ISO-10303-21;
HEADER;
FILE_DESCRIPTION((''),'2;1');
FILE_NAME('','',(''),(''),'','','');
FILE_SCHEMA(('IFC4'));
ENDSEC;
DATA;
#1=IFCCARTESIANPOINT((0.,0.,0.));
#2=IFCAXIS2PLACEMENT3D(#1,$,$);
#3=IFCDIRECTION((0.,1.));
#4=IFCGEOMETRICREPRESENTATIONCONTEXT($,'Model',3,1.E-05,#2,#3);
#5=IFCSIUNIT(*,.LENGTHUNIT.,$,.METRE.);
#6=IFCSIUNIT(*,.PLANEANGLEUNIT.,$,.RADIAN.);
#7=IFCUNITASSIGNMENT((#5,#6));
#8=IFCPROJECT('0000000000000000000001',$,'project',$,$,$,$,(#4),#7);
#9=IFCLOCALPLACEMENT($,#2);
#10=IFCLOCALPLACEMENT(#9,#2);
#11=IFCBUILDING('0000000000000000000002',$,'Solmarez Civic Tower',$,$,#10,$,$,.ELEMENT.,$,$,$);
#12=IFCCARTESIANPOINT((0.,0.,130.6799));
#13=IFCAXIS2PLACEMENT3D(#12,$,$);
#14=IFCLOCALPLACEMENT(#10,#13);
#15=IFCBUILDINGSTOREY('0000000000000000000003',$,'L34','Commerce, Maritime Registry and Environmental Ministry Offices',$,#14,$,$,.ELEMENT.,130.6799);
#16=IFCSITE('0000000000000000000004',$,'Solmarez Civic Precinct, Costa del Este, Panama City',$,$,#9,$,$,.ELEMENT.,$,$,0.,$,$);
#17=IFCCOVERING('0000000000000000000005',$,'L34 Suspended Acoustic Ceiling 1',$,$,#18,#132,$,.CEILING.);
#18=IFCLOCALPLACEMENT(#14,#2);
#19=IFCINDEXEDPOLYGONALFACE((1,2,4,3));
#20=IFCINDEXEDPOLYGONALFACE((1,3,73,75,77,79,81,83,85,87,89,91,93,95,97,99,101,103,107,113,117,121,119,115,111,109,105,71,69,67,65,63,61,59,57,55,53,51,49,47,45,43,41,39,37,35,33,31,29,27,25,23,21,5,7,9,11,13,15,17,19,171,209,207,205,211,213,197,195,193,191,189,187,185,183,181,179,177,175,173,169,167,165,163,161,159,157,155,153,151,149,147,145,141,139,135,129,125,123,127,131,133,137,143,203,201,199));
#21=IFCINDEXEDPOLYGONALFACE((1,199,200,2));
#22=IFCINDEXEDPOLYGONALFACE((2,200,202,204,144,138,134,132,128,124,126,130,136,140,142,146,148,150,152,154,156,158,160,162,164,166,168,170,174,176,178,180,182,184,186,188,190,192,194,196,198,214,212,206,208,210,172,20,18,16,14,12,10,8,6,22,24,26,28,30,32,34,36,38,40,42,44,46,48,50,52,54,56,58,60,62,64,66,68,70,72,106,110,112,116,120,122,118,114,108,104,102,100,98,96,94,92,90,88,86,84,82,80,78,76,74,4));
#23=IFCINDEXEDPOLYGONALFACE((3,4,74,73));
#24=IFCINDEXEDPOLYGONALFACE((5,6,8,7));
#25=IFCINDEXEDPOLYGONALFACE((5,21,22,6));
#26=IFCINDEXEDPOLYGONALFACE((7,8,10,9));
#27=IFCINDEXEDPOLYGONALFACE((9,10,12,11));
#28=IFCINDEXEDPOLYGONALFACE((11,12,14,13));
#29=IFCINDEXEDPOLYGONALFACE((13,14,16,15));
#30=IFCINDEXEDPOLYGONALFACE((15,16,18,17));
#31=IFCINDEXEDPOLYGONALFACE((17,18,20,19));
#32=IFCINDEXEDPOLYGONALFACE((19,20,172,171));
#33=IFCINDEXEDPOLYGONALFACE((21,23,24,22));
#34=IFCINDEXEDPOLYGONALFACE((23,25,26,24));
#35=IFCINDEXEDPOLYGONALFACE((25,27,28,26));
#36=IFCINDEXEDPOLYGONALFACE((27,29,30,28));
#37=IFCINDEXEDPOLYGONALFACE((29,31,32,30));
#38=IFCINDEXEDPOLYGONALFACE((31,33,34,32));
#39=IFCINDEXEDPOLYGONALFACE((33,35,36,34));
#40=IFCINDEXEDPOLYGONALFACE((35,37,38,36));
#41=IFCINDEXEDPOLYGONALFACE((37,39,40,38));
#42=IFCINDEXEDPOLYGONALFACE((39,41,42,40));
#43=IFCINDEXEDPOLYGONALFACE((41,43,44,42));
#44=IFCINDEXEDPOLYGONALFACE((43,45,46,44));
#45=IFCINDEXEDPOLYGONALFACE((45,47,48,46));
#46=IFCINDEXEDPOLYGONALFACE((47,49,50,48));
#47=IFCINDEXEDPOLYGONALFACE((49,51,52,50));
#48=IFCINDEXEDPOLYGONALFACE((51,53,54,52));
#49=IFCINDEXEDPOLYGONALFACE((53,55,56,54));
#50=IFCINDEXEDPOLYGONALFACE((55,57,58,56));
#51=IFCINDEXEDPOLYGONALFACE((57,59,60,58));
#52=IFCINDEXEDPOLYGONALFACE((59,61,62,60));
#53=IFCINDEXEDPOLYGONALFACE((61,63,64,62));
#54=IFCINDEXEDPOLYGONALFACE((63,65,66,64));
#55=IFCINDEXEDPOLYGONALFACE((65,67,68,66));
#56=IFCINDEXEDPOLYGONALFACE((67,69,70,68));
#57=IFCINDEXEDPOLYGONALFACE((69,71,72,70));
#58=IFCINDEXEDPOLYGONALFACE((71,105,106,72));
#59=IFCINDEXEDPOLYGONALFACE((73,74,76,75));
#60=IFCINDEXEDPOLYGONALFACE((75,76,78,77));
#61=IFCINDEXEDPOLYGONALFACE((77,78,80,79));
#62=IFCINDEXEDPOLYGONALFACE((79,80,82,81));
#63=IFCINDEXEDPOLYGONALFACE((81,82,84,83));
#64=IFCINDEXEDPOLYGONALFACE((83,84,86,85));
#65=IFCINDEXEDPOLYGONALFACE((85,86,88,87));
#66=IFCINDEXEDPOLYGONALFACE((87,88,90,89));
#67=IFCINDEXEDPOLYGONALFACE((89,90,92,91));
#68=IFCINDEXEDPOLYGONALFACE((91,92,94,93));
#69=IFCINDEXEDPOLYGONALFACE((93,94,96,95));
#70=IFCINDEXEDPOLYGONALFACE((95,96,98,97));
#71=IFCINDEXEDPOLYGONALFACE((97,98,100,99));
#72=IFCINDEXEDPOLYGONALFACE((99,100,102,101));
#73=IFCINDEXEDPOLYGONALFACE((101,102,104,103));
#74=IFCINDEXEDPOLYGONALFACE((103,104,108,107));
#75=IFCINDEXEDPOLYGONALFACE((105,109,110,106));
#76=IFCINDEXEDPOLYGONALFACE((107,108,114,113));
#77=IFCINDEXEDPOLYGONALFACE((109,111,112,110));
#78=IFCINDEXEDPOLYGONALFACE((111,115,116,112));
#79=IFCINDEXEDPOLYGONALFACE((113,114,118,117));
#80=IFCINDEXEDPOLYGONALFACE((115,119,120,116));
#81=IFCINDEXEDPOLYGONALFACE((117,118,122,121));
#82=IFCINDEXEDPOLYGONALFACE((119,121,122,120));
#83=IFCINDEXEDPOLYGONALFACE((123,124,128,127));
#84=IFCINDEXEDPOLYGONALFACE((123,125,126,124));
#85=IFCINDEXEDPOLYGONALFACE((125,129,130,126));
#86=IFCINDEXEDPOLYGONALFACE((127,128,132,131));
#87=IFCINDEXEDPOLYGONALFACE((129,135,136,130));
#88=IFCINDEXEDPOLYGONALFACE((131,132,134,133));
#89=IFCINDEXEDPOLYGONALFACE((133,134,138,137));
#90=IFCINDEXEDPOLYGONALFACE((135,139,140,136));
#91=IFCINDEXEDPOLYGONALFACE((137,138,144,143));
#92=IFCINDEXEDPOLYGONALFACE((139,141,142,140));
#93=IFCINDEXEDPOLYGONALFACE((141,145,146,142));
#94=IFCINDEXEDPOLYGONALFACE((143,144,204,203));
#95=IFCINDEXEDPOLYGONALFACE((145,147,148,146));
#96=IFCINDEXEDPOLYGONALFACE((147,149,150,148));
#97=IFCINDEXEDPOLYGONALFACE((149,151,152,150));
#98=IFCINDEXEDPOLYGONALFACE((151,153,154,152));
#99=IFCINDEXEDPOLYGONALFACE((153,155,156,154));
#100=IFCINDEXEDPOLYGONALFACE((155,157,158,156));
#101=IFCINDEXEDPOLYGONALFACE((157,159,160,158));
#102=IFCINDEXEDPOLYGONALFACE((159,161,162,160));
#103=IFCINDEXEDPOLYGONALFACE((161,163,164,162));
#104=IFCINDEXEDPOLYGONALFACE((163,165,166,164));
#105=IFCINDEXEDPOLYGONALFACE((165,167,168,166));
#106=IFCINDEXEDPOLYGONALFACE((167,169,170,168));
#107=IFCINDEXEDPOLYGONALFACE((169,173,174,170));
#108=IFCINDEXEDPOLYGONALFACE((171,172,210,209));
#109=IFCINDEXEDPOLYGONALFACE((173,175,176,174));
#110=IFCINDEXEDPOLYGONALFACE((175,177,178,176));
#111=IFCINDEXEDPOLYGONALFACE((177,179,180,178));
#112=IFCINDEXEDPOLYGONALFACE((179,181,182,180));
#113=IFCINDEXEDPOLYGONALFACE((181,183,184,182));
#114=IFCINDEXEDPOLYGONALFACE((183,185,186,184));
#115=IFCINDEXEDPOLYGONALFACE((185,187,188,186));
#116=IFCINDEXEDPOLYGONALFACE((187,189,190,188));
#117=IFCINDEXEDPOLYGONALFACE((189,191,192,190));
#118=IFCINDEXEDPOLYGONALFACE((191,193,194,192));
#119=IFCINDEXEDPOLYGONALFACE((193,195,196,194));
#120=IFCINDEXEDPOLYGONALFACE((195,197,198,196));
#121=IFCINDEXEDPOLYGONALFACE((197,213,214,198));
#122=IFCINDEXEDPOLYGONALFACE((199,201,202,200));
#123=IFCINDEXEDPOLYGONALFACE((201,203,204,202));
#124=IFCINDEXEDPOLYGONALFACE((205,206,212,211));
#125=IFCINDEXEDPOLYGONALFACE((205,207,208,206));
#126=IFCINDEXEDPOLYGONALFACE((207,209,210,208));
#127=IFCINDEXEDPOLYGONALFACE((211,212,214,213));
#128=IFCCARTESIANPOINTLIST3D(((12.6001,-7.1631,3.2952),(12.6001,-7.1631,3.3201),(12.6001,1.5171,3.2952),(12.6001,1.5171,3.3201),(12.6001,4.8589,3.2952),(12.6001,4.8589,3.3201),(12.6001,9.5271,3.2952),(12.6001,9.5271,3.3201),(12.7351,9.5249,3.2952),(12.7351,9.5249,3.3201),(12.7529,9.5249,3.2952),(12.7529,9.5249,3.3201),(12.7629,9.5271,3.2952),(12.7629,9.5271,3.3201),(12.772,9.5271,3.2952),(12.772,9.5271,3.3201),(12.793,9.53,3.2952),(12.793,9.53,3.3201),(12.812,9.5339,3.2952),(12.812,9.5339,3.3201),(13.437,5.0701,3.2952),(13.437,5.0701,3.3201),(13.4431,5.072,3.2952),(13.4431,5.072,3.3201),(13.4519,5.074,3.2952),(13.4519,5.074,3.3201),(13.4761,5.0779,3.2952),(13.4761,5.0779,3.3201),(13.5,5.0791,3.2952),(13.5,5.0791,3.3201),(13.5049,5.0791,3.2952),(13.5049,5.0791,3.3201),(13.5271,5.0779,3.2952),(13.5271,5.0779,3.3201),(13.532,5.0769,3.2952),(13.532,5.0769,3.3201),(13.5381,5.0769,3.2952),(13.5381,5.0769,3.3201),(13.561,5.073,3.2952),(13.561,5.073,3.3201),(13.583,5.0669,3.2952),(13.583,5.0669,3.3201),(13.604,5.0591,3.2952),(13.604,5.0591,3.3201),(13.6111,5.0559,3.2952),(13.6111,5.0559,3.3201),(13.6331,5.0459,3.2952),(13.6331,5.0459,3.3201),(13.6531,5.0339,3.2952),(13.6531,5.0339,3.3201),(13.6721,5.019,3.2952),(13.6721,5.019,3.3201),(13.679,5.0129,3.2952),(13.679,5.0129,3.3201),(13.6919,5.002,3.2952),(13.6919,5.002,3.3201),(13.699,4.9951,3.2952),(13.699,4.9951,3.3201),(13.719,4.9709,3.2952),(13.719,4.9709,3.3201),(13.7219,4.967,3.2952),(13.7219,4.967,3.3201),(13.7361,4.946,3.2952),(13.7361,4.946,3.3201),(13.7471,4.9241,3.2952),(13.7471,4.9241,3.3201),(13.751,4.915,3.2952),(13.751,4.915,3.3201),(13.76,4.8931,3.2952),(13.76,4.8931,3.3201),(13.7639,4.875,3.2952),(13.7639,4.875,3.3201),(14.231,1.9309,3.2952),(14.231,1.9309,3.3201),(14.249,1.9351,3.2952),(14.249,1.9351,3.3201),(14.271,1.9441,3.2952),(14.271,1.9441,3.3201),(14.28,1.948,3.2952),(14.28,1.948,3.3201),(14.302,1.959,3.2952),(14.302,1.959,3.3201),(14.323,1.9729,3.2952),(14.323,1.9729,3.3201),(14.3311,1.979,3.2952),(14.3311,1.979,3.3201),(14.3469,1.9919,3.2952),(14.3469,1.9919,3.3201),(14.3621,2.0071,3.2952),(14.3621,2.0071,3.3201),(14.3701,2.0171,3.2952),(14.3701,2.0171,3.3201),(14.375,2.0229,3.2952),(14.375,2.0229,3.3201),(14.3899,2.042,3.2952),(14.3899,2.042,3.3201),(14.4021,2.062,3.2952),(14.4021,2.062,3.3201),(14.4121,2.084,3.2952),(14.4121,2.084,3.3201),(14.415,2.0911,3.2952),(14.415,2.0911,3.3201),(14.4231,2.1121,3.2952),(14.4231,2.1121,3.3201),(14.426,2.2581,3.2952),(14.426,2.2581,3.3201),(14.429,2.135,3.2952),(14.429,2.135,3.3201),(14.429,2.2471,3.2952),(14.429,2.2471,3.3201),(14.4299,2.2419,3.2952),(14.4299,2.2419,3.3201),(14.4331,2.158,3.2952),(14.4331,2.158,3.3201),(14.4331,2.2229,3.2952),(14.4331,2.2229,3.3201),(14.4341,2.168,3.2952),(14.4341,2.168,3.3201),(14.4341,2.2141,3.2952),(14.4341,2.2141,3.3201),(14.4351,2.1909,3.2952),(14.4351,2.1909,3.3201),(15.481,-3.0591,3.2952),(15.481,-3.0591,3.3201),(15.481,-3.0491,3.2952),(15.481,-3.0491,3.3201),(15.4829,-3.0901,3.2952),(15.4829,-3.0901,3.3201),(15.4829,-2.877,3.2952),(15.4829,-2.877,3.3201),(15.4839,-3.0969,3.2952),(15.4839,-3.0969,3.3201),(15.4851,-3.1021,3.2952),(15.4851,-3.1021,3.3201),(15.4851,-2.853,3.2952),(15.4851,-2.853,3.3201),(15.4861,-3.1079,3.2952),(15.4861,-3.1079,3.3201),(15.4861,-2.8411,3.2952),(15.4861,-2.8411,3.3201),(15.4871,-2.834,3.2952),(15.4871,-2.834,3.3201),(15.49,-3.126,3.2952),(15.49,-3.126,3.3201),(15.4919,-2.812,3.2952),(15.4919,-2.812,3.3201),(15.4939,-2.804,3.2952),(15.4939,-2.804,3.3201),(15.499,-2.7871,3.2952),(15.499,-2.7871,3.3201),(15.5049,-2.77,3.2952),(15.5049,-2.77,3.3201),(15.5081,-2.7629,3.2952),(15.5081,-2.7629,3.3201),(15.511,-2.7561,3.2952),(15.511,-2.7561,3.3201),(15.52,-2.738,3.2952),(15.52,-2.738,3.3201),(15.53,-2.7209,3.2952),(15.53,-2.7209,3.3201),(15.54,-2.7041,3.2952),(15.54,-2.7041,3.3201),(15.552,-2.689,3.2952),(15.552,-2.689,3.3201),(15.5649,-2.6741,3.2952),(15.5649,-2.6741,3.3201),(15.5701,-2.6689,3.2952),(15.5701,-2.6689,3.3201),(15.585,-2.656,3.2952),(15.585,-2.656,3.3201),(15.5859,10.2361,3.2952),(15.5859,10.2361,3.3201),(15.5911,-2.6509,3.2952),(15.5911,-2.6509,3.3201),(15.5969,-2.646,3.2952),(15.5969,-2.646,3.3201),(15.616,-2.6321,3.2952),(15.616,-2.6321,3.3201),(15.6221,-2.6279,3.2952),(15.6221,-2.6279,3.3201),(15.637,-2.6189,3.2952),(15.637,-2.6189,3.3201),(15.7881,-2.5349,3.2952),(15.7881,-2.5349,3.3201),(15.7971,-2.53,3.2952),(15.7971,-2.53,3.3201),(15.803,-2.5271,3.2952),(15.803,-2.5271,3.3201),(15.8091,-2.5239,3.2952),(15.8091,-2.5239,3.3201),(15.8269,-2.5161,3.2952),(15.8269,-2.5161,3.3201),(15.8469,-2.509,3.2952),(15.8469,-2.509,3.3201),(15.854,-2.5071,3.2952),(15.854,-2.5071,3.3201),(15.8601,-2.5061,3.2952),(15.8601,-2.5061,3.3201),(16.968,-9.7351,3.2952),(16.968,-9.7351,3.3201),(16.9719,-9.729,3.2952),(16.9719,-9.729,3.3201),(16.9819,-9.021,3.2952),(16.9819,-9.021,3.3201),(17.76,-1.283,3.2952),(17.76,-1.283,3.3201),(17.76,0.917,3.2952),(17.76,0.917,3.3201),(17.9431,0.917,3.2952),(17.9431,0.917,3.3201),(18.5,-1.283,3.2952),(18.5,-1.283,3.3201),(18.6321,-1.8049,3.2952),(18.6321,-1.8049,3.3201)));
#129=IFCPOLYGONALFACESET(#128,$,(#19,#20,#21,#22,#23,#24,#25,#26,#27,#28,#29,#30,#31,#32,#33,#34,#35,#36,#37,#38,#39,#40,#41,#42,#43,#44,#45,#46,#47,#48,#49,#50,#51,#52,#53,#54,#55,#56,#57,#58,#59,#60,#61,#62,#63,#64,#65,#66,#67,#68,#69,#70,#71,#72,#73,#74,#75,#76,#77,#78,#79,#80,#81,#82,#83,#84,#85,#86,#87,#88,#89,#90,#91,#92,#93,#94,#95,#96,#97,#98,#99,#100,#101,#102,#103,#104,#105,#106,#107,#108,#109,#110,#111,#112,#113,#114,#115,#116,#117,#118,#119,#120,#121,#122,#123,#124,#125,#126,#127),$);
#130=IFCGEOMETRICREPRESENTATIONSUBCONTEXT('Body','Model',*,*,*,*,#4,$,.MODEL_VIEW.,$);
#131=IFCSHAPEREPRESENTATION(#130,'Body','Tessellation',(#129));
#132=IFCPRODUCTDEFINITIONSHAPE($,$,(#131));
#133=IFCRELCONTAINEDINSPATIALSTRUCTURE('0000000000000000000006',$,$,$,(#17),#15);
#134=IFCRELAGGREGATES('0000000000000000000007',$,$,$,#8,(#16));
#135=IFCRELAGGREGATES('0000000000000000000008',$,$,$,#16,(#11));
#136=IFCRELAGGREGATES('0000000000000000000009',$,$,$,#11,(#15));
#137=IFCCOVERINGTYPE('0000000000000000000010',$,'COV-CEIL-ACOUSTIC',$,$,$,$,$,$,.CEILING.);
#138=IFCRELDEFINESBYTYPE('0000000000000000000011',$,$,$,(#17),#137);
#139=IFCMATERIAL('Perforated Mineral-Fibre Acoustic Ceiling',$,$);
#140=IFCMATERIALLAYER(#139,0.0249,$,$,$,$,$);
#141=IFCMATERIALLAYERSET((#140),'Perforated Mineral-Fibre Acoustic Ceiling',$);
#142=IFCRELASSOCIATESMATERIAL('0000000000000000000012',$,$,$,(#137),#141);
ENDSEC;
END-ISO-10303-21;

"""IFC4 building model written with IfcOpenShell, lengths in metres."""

from ifc_helpers import new_model, si_unit, direction, frame, origin, place, context, subcontext, project, spatial, polyline, outline, extrude, material, layer, layer_set, type_object, element, save


model = new_model("IFC4")

# Units and contexts
model_context = context("Model", 3, precision=1e-05, world=origin(), true_north=direction((0.0, 1.0)))
body_context = subcontext(model_context, "Body", "Model", "MODEL_VIEW")
ifc_project = project(units=[si_unit("LENGTHUNIT", "METRE"), si_unit("PLANEANGLEUNIT", "RADIAN")], contexts=[model_context])

# Site, building, storey
site_placement = place(None, origin())
site = spatial("IfcSite", under=ifc_project, at=site_placement, Name="Solmarez Civic Precinct, Costa del Este, Panama City", CompositionType="ELEMENT", RefElevation=0.0)
building_placement = place(site_placement, origin())
building = spatial("IfcBuilding", under=site, at=building_placement, Name="Solmarez Civic Tower", CompositionType="ELEMENT")
storey_placement = place(building_placement, frame((0.0, 0.0, 130.6799)))
storey = spatial("IfcBuildingStorey", under=building, at=storey_placement, Name="L34", Description="Commerce, Maritime Registry and Environmental Ministry Offices", CompositionType="ELEMENT", Elevation=130.6799)

# Covering
ifc_material_1 = material(Name="Perforated Mineral-Fibre Acoustic Ceiling")
ifc_layer_1 = layer(ifc_material_1, 0.0249)
ifc_layer_set_1 = layer_set([ifc_layer_1], Name="Perforated Mineral-Fibre Acoustic Ceiling")
covering_type_1 = type_object("IfcCoveringType", Name="COV-CEIL-ACOUSTIC", PredefinedType="CEILING", material=ifc_layer_set_1)
covering_1_placement = place(storey_placement, frame((0.0, 0.0, 3.2952)))
element("IfcCovering", 1, at=covering_1_placement, inside=storey, type_object=covering_type_1, Name="L34 Suspended Acoustic Ceiling 1", PredefinedType="CEILING", context=body_context, shape_type="SweptSolid", body=[
    extrude(outline(polyline([(12.6001, 9.5271), (12.6001, 4.8589), (13.437, 5.0701), (13.4431, 5.072), (13.4519, 5.074), (13.4761, 5.0779), (13.5, 5.0791), (13.5049, 5.0791), (13.5271, 5.0779), (13.532, 5.0769), (13.5381, 5.0769), (13.561, 5.073), (13.583, 5.0669), (13.604, 5.0591), (13.6111, 5.0559), (13.6331, 5.0459), (13.6531, 5.0339), (13.6721, 5.019), (13.679, 5.0129), (13.6919, 5.002), (13.699, 4.9951), (13.719, 4.9709), (13.7219, 4.967), (13.7361, 4.946), (13.7471, 4.9241), (13.751, 4.915), (13.76, 4.8931), (13.7639, 4.875), (14.426, 2.2581), (14.429, 2.2471), (14.4299, 2.2419), (14.4331, 2.2229), (14.4341, 2.2141), (14.4351, 2.1909), (14.4341, 2.168), (14.4331, 2.158), (14.429, 2.135), (14.4231, 2.1121), (14.415, 2.0911), (14.4121, 2.084), (14.4021, 2.062), (14.3899, 2.042), (14.375, 2.0229), (14.3701, 2.0171), (14.3621, 2.0071), (14.3469, 1.9919), (14.3311, 1.979), (14.323, 1.9729), (14.302, 1.959), (14.28, 1.948), (14.271, 1.9441), (14.249, 1.9351), (14.231, 1.9309), (12.6001, 1.5171), (12.6001, -7.1631), (16.968, -9.7351), (16.9719, -9.729), (16.9819, -9.021), (15.49, -3.126), (15.4861, -3.1079), (15.4851, -3.1021), (15.4839, -3.0969), (15.4829, -3.0901), (15.481, -3.0591), (15.481, -3.0491), (15.4829, -2.877), (15.4851, -2.853), (15.4861, -2.8411), (15.4871, -2.834), (15.4919, -2.812), (15.4939, -2.804), (15.499, -2.7871), (15.5049, -2.77), (15.5081, -2.7629), (15.511, -2.7561), (15.52, -2.738), (15.53, -2.7209), (15.54, -2.7041), (15.552, -2.689), (15.5649, -2.6741), (15.5701, -2.6689), (15.585, -2.656), (15.5911, -2.6509), (15.5969, -2.646), (15.616, -2.6321), (15.6221, -2.6279), (15.637, -2.6189), (15.7881, -2.5349), (15.7971, -2.53), (15.803, -2.5271), (15.8091, -2.5239), (15.8269, -2.5161), (15.8469, -2.509), (15.854, -2.5071), (15.8601, -2.5061), (18.6321, -1.8049), (18.5, -1.283), (17.76, -1.283), (17.76, 0.917), (17.9431, 0.917), (15.5859, 10.2361), (12.812, 9.5339), (12.793, 9.53), (12.772, 9.5271), (12.7629, 9.5271), (12.7529, 9.5249), (12.7351, 9.5249), (12.6001, 9.5271)])), origin(), (0.0, 0.0, 1.0), 0.0249),
])

save(model, "model.ifc")
